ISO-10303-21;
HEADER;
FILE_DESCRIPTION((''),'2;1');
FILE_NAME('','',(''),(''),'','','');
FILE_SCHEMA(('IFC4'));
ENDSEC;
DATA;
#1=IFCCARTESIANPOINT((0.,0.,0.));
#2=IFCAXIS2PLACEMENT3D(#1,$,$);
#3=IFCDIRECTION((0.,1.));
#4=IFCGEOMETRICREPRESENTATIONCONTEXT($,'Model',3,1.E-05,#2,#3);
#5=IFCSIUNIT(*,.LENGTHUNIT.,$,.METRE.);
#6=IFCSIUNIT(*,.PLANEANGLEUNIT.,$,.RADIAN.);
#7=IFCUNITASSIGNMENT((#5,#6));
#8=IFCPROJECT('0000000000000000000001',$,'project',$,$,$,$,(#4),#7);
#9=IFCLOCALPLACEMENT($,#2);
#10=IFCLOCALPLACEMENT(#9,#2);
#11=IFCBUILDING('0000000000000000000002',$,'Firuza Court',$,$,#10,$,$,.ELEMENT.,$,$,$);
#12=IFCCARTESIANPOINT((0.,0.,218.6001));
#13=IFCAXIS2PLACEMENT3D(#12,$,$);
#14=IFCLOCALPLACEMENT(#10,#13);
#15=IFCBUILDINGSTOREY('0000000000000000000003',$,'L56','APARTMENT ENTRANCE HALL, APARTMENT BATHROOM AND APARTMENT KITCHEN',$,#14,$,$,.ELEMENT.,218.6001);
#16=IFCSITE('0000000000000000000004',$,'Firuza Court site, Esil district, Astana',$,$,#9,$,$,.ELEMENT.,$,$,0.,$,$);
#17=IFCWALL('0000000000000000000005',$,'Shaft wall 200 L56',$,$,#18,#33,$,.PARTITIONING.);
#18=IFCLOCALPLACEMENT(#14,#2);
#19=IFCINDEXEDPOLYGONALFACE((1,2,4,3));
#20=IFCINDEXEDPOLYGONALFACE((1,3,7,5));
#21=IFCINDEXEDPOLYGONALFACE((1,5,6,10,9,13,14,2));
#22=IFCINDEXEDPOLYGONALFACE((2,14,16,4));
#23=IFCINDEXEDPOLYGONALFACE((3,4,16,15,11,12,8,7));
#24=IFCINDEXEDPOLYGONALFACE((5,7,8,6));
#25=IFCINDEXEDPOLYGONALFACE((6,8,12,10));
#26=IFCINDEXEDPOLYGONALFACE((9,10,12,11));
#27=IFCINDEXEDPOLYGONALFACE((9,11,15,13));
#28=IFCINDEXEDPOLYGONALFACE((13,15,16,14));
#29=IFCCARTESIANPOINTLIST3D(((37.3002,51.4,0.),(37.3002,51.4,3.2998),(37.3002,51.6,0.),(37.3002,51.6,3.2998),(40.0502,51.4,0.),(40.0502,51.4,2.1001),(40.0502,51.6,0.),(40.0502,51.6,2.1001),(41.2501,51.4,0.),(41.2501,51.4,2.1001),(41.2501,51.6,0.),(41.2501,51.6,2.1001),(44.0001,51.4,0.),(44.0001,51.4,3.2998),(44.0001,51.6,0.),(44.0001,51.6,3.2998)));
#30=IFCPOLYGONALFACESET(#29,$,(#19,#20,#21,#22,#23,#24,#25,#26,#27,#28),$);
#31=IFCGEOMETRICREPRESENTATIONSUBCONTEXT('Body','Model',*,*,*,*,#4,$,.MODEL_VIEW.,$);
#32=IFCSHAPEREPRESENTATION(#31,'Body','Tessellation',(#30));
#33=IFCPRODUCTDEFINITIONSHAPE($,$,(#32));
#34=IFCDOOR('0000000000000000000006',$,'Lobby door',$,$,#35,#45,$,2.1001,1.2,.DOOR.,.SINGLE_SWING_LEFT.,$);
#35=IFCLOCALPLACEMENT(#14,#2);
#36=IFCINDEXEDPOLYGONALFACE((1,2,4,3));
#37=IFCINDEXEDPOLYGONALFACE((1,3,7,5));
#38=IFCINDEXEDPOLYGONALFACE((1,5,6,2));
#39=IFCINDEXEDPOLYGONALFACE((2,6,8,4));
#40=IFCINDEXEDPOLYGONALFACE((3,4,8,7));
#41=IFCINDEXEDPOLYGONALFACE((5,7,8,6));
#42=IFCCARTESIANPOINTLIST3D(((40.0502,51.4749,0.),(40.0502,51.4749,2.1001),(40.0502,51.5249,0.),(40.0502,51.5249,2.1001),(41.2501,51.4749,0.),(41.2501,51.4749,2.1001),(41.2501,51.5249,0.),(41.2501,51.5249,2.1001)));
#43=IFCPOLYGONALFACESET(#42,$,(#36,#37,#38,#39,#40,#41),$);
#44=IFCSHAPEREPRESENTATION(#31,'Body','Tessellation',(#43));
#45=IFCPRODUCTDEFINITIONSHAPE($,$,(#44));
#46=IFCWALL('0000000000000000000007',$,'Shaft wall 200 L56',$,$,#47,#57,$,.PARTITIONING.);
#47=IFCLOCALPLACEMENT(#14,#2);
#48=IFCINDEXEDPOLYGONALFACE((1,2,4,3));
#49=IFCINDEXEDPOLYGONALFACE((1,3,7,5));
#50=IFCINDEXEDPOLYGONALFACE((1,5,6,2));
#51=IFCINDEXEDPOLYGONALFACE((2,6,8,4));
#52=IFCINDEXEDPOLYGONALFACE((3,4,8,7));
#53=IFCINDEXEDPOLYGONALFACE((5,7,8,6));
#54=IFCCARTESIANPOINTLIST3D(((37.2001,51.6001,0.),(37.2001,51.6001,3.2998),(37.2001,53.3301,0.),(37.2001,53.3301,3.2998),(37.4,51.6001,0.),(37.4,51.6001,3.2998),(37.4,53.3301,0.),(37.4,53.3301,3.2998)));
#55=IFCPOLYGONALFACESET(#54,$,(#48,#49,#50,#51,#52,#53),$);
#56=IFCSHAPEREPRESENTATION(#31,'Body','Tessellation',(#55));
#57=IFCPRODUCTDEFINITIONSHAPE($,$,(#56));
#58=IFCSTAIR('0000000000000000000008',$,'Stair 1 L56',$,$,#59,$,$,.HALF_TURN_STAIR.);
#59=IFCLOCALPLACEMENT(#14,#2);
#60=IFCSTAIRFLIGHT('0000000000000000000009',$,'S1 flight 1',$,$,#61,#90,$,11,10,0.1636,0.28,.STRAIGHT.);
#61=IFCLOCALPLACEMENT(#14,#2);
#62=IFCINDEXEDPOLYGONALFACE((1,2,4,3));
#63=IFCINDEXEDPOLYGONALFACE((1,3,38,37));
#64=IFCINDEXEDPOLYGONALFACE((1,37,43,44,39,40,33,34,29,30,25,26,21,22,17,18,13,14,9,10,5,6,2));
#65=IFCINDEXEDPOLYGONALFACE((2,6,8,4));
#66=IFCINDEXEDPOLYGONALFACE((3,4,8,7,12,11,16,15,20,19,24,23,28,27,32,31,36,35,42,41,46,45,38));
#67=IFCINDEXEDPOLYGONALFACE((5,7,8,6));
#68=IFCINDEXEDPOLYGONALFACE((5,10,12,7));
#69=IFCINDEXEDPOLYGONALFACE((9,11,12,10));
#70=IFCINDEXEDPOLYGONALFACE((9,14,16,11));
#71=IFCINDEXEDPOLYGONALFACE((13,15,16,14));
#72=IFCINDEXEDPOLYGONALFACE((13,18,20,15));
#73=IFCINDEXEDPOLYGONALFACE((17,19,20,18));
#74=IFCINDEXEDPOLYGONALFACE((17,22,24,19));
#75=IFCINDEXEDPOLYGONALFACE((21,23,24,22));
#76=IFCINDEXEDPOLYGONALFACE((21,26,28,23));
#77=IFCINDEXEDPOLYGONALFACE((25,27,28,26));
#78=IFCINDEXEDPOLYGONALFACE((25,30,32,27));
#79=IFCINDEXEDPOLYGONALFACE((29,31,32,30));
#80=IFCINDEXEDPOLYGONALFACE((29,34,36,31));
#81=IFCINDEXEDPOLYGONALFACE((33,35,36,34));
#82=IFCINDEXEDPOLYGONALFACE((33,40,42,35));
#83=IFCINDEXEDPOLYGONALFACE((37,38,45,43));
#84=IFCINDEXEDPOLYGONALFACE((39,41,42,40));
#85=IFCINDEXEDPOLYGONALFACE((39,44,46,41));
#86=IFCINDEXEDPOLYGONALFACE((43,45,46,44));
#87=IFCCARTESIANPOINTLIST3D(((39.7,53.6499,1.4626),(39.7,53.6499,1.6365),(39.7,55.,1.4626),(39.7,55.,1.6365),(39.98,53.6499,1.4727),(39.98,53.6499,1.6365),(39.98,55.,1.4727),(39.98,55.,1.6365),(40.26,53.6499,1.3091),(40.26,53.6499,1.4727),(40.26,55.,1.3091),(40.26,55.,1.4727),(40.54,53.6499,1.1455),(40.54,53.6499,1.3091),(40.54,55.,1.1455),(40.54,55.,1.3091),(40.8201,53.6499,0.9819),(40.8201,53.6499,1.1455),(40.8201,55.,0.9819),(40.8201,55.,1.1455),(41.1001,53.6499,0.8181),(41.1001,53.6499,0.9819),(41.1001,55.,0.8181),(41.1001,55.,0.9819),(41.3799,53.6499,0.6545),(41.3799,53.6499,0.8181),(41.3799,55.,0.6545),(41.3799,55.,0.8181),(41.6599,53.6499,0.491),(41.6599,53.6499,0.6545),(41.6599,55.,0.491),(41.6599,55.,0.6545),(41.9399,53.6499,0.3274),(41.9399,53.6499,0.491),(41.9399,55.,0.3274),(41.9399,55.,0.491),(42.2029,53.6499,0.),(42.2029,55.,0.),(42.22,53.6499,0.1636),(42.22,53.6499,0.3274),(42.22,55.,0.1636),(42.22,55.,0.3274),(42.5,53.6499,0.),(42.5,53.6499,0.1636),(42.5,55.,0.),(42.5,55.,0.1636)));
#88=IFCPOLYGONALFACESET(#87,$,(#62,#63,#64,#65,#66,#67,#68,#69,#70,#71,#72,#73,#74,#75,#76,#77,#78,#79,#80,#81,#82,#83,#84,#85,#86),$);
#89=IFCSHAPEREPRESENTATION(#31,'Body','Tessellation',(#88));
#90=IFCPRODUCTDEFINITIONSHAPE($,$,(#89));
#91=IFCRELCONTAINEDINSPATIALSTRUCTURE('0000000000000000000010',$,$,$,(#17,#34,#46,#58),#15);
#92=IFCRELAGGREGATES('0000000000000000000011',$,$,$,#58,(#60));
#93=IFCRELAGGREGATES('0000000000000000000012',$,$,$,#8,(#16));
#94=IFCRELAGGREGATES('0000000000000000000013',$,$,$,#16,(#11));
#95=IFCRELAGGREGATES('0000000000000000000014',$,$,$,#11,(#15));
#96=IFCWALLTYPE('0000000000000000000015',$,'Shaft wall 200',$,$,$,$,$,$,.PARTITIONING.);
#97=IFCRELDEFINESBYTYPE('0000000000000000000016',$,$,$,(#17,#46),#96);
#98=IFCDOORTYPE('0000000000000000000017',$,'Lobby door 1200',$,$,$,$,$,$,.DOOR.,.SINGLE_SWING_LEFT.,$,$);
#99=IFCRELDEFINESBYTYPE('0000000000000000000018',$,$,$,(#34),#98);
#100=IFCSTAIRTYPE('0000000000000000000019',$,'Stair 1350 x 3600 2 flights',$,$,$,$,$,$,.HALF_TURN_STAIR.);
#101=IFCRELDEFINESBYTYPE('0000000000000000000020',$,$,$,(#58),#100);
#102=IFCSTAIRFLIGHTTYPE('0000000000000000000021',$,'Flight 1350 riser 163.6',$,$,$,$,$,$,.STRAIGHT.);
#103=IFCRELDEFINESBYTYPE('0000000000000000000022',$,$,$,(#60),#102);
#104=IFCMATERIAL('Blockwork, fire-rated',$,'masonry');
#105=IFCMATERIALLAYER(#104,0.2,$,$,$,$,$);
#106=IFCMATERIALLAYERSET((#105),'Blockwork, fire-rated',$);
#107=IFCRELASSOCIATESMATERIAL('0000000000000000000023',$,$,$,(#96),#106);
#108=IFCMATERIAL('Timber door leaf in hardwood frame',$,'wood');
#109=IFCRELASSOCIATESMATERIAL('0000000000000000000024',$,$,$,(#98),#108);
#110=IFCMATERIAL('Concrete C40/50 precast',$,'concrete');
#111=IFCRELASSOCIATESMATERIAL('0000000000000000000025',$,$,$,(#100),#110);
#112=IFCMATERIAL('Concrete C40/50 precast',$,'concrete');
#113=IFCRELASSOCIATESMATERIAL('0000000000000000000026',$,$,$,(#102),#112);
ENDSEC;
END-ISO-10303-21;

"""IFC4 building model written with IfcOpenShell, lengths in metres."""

from ifc_helpers import new_model, si_unit, direction, frame, frame_2d, origin, place, context, subcontext, project, spatial, polyline, rectangle, outline, extrude, material, layer, layer_set, type_object, element, fill, aggregate, save


model = new_model("IFC4")

# Units and contexts
model_context = context("Model", 3, precision=1e-05, world=origin(), true_north=direction((0.0, 1.0)))
body_context = subcontext(model_context, "Body", "Model", "MODEL_VIEW")
ifc_project = project(units=[si_unit("LENGTHUNIT", "METRE"), si_unit("PLANEANGLEUNIT", "RADIAN")], contexts=[model_context])

# Site, building, storey
site_placement = place(None, origin())
site = spatial("IfcSite", under=ifc_project, at=site_placement, Name="Firuza Court site, Esil district, Astana", CompositionType="ELEMENT", RefElevation=0.0)
building_placement = place(site_placement, origin())
building = spatial("IfcBuilding", under=site, at=building_placement, Name="Firuza Court", CompositionType="ELEMENT")
storey_placement = place(building_placement, frame((0.0, 0.0, 218.6001)))
storey = spatial("IfcBuildingStorey", under=building, at=storey_placement, Name="L56", Description="APARTMENT ENTRANCE HALL, APARTMENT BATHROOM AND APARTMENT KITCHEN", CompositionType="ELEMENT", Elevation=218.6001)

# Shared definitions
ifc_material_1 = material(Name="Blockwork, fire-rated", Category="masonry")

# Shared definitions
ifc_layer_1 = layer(ifc_material_1, 0.2)
ifc_layer_set_1 = layer_set([ifc_layer_1], Name="Blockwork, fire-rated")
wall_type_1 = type_object("IfcWallType", Name="Shaft wall 200", PredefinedType="PARTITIONING", material=ifc_layer_set_1)

# Wall, opening, door
wall_1_placement = place(storey_placement, frame((37.3, 51.5, 0.0), z_axis=(0.0, 0.0, 1.0), x_axis=(1.0, 0.0, 0.0)))
wall_1 = element("IfcWall", 1, at=wall_1_placement, inside=storey, type_object=wall_type_1, Name="Shaft wall 200 L56", PredefinedType="PARTITIONING", context=body_context, shape_type="SweptSolid", body=[
    extrude(rectangle(XDim=6.7, YDim=0.2, at=frame_2d((3.3501, 0.0))), origin(), (0.0, 0.0, 1.0), 3.2998),
])
opening_1_placement = place(wall_1_placement, frame((2.75, 0.0, 0.0)))
opening_1 = element("IfcOpeningElement", 2, at=opening_1_placement, cuts=wall_1, PredefinedType="OPENING", context=body_context, shape_type="SweptSolid", body=[
    extrude(rectangle(XDim=1.2, YDim=2.1001, at=frame_2d((0.6001, 1.05))), frame((0.0, 0.1118, 0.0), z_axis=(0.0, -1.0, 0.0), x_axis=(1.0, 0.0, 0.0)), (0.0, 0.0, 1.0), 0.2239),
])
ifc_material_2 = material(Name="Timber door leaf in hardwood frame", Category="wood")
door_type_1 = type_object("IfcDoorType", Name="Lobby door 1200", OperationType="SINGLE_SWING_LEFT", PredefinedType="DOOR", material=ifc_material_2)
door_1_placement = place(opening_1_placement, origin())
door_1 = element("IfcDoor", 3, at=door_1_placement, inside=storey, type_object=door_type_1, Name="Lobby door", OperationType="SINGLE_SWING_LEFT", OverallHeight=2.1001, OverallWidth=1.2, PredefinedType="DOOR", context=body_context, shape_type="SweptSolid", body=[
    extrude(rectangle(XDim=1.2, YDim=2.1001, at=frame_2d((0.6001, 1.05))), frame((0.0, 0.0249, 0.0), z_axis=(0.0, -1.0, 0.0), x_axis=(1.0, 0.0, 0.0)), (0.0, 0.0, 1.0), 0.05),
])
fill(opening_1, door_1)

# Wall
wall_2_placement = place(storey_placement, frame((37.3, 51.6001, 0.0), z_axis=(0.0, 0.0, 1.0), x_axis=(0.0, 1.0, 0.0)))
element("IfcWall", 4, at=wall_2_placement, inside=storey, type_object=wall_type_1, Name="Shaft wall 200 L56", PredefinedType="PARTITIONING", context=body_context, shape_type="SweptSolid", body=[
    extrude(rectangle(XDim=1.73, YDim=0.2, at=frame_2d((0.865, 0.0))), origin(), (0.0, 0.0, 1.0), 3.2998),
])

# Stair, stair flight
ifc_material_3 = material(Name="Concrete C40/50 precast", Category="concrete")
stair_type = type_object("IfcStairType", Name="Stair 1350 x 3600 2 flights", PredefinedType="HALF_TURN_STAIR", material=ifc_material_3)
stair_placement = place(storey_placement, origin())
stair = element("IfcStair", 5, at=stair_placement, inside=storey, type_object=stair_type, Name="Stair 1 L56", PredefinedType="HALF_TURN_STAIR")
ifc_material_4 = material(Name="Concrete C40/50 precast", Category="concrete")
stair_flight_type = type_object("IfcStairFlightType", Name="Flight 1350 riser 163.6", PredefinedType="STRAIGHT", material=ifc_material_4)
stair_flight_placement = place(storey_placement, frame((42.5, 54.325, 0.0), z_axis=(0.0, 0.0, 1.0), x_axis=(-1.0, 0.0, 0.0)))
stair_flight = element("IfcStairFlight", 6, at=stair_flight_placement, type_object=stair_flight_type, Name="S1 flight 1", NumberOfRisers=11, NumberOfTreads=10, PredefinedType="STRAIGHT", RiserHeight=0.1636, TreadLength=0.28, context=body_context, shape_type="SweptSolid", body=[
    extrude(outline(polyline([(0.0, 0.0), (0.0, 0.1636), (0.28, 0.1636), (0.28, 0.3274), (0.5601, 0.3274), (0.5601, 0.491), (0.8401, 0.491), (0.8401, 0.6545), (1.1201, 0.6545), (1.1201, 0.8181), (1.3999, 0.8181), (1.3999, 0.9819), (1.6799, 0.9819), (1.6799, 1.1455), (1.96, 1.1455), (1.96, 1.3091), (2.24, 1.3091), (2.24, 1.4727), (2.52, 1.4727), (2.52, 1.6365), (2.8, 1.6365), (2.8, 1.8), (2.8, 1.4626), (0.2971, 0.0), (0.0, 0.0)])), frame((0.0, 0.675, 0.0), z_axis=(0.0, -1.0, 0.0), x_axis=(1.0, 0.0, 0.0)), (0.0, 0.0, 1.0), 1.3501),
])
aggregate(stair, [stair_flight])

save(model, "model.ifc")
